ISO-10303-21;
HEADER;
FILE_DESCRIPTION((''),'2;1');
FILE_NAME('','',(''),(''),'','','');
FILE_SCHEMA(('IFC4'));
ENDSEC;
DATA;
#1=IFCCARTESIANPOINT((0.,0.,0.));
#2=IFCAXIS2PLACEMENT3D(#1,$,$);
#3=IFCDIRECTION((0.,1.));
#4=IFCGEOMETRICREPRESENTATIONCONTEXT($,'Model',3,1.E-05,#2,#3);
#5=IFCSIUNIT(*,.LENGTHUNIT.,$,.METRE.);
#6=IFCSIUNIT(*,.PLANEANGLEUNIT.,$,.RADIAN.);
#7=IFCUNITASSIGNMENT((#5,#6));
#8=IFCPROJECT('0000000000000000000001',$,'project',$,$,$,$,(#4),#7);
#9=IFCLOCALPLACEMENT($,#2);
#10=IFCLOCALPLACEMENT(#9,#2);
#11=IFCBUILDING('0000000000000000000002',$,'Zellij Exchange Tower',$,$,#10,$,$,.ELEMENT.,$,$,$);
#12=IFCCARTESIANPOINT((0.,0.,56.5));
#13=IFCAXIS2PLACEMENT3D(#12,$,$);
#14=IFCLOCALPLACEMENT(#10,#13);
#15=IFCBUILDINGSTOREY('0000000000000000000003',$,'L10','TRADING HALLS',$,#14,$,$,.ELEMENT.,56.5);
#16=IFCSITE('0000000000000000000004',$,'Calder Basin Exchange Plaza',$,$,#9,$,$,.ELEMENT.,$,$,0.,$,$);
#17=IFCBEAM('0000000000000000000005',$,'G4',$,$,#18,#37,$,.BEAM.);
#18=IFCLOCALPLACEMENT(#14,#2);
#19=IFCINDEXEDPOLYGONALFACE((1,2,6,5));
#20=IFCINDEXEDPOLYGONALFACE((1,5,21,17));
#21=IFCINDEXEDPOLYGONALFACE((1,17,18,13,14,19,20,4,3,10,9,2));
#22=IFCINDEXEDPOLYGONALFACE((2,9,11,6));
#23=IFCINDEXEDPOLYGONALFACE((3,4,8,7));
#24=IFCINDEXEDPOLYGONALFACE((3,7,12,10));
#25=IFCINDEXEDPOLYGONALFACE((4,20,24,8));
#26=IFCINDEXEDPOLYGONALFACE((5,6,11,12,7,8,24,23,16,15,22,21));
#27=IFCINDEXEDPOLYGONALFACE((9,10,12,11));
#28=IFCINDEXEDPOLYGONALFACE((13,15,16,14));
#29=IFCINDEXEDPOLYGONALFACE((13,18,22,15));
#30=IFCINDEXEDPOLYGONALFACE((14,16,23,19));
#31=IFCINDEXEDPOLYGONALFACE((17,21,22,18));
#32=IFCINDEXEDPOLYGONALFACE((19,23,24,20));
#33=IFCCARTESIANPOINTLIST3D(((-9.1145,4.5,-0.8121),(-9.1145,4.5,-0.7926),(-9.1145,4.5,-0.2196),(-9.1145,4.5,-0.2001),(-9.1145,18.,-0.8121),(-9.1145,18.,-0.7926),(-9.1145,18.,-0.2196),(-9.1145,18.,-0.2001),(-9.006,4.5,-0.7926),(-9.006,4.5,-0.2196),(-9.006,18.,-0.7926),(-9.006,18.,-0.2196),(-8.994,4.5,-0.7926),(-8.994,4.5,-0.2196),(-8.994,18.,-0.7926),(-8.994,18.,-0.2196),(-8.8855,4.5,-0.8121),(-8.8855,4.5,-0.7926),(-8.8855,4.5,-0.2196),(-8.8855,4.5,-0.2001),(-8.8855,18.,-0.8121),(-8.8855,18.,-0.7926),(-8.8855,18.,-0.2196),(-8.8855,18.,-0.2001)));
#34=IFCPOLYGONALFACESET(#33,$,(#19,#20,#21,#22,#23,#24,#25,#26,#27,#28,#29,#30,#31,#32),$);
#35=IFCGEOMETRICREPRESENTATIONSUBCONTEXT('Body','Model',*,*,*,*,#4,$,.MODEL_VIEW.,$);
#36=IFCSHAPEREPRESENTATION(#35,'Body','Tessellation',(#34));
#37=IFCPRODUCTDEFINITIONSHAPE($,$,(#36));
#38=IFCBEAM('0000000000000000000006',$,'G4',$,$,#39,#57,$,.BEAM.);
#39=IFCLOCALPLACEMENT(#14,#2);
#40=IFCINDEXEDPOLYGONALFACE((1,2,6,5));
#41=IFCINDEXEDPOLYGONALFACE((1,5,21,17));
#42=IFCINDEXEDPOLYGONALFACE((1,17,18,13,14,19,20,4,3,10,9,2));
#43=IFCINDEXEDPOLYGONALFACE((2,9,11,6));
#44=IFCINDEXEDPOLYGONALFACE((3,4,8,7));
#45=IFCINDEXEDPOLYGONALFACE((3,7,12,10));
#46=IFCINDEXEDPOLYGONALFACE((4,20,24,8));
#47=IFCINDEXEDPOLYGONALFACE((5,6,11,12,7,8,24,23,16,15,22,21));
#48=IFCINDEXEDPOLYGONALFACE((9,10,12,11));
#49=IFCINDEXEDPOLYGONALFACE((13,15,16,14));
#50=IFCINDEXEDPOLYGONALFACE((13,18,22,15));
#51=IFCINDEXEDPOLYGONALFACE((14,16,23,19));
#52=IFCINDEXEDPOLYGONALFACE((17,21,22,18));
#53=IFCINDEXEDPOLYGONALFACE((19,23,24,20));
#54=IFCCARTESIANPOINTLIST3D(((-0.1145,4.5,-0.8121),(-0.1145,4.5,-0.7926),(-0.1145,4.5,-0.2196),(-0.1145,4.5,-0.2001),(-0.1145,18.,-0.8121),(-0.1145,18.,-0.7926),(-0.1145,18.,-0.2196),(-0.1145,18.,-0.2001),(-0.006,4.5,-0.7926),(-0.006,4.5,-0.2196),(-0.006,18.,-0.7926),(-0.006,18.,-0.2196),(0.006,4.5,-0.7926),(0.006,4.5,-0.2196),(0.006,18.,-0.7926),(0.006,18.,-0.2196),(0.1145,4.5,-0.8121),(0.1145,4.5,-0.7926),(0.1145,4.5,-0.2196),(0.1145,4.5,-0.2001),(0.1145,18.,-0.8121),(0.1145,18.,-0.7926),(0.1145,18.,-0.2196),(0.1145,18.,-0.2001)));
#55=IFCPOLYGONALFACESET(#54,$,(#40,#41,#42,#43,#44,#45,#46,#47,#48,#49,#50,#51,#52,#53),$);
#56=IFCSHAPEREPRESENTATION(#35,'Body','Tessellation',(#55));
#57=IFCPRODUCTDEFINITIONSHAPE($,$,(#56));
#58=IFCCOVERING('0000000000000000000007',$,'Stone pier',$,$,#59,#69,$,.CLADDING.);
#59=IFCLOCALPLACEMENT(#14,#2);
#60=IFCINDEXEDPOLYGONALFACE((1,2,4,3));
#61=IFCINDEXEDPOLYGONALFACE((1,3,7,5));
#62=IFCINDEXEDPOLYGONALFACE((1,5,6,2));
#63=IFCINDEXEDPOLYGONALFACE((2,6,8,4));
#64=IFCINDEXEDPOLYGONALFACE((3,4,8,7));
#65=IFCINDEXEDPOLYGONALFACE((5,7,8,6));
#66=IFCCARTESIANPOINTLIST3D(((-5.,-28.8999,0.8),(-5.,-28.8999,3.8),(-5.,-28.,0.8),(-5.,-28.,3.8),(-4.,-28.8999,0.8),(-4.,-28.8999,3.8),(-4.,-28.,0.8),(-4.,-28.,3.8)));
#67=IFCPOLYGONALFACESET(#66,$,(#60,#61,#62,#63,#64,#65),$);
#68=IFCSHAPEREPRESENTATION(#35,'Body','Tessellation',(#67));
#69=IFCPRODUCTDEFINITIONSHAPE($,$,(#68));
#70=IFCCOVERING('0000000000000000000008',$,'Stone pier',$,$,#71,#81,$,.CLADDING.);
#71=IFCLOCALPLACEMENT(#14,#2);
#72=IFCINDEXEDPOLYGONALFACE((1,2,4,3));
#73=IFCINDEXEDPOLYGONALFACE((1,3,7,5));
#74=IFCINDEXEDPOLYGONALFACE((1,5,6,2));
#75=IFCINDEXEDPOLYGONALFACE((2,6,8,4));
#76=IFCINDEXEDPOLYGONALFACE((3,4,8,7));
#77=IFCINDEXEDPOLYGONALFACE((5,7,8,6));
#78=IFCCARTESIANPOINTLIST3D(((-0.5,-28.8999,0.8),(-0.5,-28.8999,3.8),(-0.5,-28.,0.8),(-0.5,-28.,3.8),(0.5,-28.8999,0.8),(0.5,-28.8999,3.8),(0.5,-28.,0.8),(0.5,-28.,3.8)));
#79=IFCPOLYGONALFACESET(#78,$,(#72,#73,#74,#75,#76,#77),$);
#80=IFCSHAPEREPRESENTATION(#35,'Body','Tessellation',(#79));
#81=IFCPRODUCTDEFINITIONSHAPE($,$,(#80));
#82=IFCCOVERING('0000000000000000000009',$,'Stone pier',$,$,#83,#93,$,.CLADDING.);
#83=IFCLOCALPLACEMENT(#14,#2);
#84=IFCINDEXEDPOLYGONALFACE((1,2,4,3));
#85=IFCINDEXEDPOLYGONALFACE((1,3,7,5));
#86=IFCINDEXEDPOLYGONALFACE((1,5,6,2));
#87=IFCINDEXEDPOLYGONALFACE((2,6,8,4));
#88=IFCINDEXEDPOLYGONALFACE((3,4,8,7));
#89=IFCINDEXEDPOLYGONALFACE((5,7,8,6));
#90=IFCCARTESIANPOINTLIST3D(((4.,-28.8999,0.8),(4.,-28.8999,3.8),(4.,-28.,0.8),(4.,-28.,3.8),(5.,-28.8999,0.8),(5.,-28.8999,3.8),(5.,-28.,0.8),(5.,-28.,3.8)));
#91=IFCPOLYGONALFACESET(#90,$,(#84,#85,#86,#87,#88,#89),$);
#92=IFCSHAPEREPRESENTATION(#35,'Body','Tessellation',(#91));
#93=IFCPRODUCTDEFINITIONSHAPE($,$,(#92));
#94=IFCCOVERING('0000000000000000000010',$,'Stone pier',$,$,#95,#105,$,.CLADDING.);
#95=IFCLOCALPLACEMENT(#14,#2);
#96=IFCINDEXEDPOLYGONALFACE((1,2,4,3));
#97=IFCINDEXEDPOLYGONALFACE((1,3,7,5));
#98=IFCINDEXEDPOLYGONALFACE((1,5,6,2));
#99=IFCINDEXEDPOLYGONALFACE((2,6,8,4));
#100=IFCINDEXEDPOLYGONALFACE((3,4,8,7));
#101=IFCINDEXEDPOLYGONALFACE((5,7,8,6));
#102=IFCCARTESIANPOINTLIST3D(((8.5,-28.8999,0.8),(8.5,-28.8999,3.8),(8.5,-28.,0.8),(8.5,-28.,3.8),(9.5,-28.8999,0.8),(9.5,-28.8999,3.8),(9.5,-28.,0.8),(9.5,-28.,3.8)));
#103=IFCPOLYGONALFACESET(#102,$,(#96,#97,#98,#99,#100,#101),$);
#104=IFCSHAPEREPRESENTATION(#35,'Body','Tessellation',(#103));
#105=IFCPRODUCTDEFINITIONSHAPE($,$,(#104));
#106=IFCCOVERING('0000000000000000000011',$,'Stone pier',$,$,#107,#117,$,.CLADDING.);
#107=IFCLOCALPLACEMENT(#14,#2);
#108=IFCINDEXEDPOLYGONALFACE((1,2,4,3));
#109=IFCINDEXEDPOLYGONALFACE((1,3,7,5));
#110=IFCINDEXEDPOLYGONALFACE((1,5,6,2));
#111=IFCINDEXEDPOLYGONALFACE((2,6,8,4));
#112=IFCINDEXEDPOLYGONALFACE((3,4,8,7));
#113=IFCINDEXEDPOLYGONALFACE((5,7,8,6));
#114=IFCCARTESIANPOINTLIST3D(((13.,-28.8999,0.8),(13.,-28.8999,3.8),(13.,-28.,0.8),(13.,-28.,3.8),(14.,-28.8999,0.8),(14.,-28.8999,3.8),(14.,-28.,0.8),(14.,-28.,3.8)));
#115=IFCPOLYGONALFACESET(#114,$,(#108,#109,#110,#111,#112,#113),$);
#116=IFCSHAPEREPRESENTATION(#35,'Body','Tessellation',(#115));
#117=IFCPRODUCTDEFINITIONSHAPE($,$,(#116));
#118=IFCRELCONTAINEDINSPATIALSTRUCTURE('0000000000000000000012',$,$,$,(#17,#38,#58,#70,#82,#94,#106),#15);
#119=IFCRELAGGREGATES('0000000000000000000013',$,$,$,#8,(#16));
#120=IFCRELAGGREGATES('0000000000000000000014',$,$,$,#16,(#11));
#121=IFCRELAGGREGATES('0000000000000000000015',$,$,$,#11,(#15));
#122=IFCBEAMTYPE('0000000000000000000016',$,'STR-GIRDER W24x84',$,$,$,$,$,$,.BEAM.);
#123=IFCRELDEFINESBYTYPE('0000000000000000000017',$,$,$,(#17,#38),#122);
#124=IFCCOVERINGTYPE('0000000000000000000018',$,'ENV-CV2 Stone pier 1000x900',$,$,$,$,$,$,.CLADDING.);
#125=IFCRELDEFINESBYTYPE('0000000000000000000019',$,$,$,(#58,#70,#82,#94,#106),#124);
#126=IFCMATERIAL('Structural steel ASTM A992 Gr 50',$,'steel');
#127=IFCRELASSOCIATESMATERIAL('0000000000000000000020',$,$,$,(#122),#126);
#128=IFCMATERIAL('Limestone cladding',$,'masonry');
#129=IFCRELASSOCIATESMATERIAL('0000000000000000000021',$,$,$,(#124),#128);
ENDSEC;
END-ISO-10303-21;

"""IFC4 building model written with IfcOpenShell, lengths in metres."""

from ifc_helpers import new_model, si_unit, direction, frame, origin, origin_2d, place, context, subcontext, project, spatial, polyline, i_section, outline, extrude, material, material_profile, profile_set, type_object, element, save


model = new_model("IFC4")

# Units and contexts
model_context = context("Model", 3, precision=1e-05, world=origin(), true_north=direction((0.0, 1.0)))
body_context = subcontext(model_context, "Body", "Model", "MODEL_VIEW")
ifc_project = project(units=[si_unit("LENGTHUNIT", "METRE"), si_unit("PLANEANGLEUNIT", "RADIAN")], contexts=[model_context])

# Site, building, storey
site_placement = place(None, origin())
site = spatial("IfcSite", under=ifc_project, at=site_placement, Name="Calder Basin Exchange Plaza", CompositionType="ELEMENT", RefElevation=0.0)
building_placement = place(site_placement, origin())
building = spatial("IfcBuilding", under=site, at=building_placement, Name="Zellij Exchange Tower", CompositionType="ELEMENT")
storey_placement = place(building_placement, frame((0.0, 0.0, 56.5)))
storey = spatial("IfcBuildingStorey", under=building, at=storey_placement, Name="L10", Description="TRADING HALLS", CompositionType="ELEMENT", Elevation=56.5)

# Beams
ifc_material_1 = material(Name="Structural steel ASTM A992 Gr 50", Category="steel")
ifc_material_profile_1 = material_profile(ifc_material_1, i_section(OverallWidth=0.229, OverallDepth=0.6121, WebThickness=0.012, FlangeThickness=0.0195, at=origin_2d()), Name="W24x84")
ifc_profile_set_1 = profile_set([ifc_material_profile_1], Name="Structural steel ASTM A992 Gr 50")
beam_type = type_object("IfcBeamType", Name="STR-GIRDER W24x84", PredefinedType="BEAM", material=ifc_profile_set_1)
for number, where, z_axis, x_axis, name in (
    (1, (-9.0, 4.5, -0.5061), (0.0, 1.0, 0.0), (-1.0, 0.0, 0.0), "G4"),
    (2, (0.0, 4.5, -0.5061), (0.0, 1.0, 0.0), (-1.0, 0.0, 0.0), "G4"),
):
    element("IfcBeam", number, at=place(storey_placement, frame(where, z_axis=z_axis, x_axis=x_axis)), inside=storey, type_object=beam_type, Name=name, PredefinedType="BEAM", context=body_context, shape_type="SweptSolid", body=[
        extrude(i_section(OverallWidth=0.229, OverallDepth=0.6121, WebThickness=0.012, FlangeThickness=0.0195, at=origin_2d()), origin(), (0.0, 0.0, 1.0), 13.5),
    ])

# Coverings
ifc_material_2 = material(Name="Limestone cladding", Category="masonry")
covering_type = type_object("IfcCoveringType", Name="ENV-CV2 Stone pier 1000x900", PredefinedType="CLADDING", material=ifc_material_2)
covering_1_placement = place(storey_placement, frame((0.0, 0.0, 0.8)))
element("IfcCovering", 3, at=covering_1_placement, inside=storey, type_object=covering_type, Name="Stone pier", PredefinedType="CLADDING", context=body_context, shape_type="SweptSolid", body=[
    extrude(outline(polyline([(-5.0, -28.0), (-4.0, -28.0), (-4.0, -28.8999), (-5.0, -28.8999), (-5.0, -28.0)])), origin(), (0.0, 0.0, 1.0), 3.0),
])
covering_2_placement = place(storey_placement, frame((0.0, 0.0, 0.8)))
element("IfcCovering", 4, at=covering_2_placement, inside=storey, type_object=covering_type, Name="Stone pier", PredefinedType="CLADDING", context=body_context, shape_type="SweptSolid", body=[
    extrude(outline(polyline([(-0.5, -28.0), (0.5, -28.0), (0.5, -28.8999), (-0.5, -28.8999), (-0.5, -28.0)])), origin(), (0.0, 0.0, 1.0), 3.0),
])
covering_3_placement = place(storey_placement, frame((0.0, 0.0, 0.8)))
element("IfcCovering", 5, at=covering_3_placement, inside=storey, type_object=covering_type, Name="Stone pier", PredefinedType="CLADDING", context=body_context, shape_type="SweptSolid", body=[
    extrude(outline(polyline([(4.0, -28.0), (5.0, -28.0), (5.0, -28.8999), (4.0, -28.8999), (4.0, -28.0)])), origin(), (0.0, 0.0, 1.0), 3.0),
])
covering_4_placement = place(storey_placement, frame((0.0, 0.0, 0.8)))
element("IfcCovering", 6, at=covering_4_placement, inside=storey, type_object=covering_type, Name="Stone pier", PredefinedType="CLADDING", context=body_context, shape_type="SweptSolid", body=[
    extrude(outline(polyline([(8.5, -28.0), (9.5, -28.0), (9.5, -28.8999), (8.5, -28.8999), (8.5, -28.0)])), origin(), (0.0, 0.0, 1.0), 3.0),
])
covering_5_placement = place(storey_placement, frame((0.0, 0.0, 0.8)))
element("IfcCovering", 7, at=covering_5_placement, inside=storey, type_object=covering_type, Name="Stone pier", PredefinedType="CLADDING", context=body_context, shape_type="SweptSolid", body=[
    extrude(outline(polyline([(13.0, -28.0), (14.0, -28.0), (14.0, -28.8999), (13.0, -28.8999), (13.0, -28.0)])), origin(), (0.0, 0.0, 1.0), 3.0),
])

save(model, "model.ifc")
